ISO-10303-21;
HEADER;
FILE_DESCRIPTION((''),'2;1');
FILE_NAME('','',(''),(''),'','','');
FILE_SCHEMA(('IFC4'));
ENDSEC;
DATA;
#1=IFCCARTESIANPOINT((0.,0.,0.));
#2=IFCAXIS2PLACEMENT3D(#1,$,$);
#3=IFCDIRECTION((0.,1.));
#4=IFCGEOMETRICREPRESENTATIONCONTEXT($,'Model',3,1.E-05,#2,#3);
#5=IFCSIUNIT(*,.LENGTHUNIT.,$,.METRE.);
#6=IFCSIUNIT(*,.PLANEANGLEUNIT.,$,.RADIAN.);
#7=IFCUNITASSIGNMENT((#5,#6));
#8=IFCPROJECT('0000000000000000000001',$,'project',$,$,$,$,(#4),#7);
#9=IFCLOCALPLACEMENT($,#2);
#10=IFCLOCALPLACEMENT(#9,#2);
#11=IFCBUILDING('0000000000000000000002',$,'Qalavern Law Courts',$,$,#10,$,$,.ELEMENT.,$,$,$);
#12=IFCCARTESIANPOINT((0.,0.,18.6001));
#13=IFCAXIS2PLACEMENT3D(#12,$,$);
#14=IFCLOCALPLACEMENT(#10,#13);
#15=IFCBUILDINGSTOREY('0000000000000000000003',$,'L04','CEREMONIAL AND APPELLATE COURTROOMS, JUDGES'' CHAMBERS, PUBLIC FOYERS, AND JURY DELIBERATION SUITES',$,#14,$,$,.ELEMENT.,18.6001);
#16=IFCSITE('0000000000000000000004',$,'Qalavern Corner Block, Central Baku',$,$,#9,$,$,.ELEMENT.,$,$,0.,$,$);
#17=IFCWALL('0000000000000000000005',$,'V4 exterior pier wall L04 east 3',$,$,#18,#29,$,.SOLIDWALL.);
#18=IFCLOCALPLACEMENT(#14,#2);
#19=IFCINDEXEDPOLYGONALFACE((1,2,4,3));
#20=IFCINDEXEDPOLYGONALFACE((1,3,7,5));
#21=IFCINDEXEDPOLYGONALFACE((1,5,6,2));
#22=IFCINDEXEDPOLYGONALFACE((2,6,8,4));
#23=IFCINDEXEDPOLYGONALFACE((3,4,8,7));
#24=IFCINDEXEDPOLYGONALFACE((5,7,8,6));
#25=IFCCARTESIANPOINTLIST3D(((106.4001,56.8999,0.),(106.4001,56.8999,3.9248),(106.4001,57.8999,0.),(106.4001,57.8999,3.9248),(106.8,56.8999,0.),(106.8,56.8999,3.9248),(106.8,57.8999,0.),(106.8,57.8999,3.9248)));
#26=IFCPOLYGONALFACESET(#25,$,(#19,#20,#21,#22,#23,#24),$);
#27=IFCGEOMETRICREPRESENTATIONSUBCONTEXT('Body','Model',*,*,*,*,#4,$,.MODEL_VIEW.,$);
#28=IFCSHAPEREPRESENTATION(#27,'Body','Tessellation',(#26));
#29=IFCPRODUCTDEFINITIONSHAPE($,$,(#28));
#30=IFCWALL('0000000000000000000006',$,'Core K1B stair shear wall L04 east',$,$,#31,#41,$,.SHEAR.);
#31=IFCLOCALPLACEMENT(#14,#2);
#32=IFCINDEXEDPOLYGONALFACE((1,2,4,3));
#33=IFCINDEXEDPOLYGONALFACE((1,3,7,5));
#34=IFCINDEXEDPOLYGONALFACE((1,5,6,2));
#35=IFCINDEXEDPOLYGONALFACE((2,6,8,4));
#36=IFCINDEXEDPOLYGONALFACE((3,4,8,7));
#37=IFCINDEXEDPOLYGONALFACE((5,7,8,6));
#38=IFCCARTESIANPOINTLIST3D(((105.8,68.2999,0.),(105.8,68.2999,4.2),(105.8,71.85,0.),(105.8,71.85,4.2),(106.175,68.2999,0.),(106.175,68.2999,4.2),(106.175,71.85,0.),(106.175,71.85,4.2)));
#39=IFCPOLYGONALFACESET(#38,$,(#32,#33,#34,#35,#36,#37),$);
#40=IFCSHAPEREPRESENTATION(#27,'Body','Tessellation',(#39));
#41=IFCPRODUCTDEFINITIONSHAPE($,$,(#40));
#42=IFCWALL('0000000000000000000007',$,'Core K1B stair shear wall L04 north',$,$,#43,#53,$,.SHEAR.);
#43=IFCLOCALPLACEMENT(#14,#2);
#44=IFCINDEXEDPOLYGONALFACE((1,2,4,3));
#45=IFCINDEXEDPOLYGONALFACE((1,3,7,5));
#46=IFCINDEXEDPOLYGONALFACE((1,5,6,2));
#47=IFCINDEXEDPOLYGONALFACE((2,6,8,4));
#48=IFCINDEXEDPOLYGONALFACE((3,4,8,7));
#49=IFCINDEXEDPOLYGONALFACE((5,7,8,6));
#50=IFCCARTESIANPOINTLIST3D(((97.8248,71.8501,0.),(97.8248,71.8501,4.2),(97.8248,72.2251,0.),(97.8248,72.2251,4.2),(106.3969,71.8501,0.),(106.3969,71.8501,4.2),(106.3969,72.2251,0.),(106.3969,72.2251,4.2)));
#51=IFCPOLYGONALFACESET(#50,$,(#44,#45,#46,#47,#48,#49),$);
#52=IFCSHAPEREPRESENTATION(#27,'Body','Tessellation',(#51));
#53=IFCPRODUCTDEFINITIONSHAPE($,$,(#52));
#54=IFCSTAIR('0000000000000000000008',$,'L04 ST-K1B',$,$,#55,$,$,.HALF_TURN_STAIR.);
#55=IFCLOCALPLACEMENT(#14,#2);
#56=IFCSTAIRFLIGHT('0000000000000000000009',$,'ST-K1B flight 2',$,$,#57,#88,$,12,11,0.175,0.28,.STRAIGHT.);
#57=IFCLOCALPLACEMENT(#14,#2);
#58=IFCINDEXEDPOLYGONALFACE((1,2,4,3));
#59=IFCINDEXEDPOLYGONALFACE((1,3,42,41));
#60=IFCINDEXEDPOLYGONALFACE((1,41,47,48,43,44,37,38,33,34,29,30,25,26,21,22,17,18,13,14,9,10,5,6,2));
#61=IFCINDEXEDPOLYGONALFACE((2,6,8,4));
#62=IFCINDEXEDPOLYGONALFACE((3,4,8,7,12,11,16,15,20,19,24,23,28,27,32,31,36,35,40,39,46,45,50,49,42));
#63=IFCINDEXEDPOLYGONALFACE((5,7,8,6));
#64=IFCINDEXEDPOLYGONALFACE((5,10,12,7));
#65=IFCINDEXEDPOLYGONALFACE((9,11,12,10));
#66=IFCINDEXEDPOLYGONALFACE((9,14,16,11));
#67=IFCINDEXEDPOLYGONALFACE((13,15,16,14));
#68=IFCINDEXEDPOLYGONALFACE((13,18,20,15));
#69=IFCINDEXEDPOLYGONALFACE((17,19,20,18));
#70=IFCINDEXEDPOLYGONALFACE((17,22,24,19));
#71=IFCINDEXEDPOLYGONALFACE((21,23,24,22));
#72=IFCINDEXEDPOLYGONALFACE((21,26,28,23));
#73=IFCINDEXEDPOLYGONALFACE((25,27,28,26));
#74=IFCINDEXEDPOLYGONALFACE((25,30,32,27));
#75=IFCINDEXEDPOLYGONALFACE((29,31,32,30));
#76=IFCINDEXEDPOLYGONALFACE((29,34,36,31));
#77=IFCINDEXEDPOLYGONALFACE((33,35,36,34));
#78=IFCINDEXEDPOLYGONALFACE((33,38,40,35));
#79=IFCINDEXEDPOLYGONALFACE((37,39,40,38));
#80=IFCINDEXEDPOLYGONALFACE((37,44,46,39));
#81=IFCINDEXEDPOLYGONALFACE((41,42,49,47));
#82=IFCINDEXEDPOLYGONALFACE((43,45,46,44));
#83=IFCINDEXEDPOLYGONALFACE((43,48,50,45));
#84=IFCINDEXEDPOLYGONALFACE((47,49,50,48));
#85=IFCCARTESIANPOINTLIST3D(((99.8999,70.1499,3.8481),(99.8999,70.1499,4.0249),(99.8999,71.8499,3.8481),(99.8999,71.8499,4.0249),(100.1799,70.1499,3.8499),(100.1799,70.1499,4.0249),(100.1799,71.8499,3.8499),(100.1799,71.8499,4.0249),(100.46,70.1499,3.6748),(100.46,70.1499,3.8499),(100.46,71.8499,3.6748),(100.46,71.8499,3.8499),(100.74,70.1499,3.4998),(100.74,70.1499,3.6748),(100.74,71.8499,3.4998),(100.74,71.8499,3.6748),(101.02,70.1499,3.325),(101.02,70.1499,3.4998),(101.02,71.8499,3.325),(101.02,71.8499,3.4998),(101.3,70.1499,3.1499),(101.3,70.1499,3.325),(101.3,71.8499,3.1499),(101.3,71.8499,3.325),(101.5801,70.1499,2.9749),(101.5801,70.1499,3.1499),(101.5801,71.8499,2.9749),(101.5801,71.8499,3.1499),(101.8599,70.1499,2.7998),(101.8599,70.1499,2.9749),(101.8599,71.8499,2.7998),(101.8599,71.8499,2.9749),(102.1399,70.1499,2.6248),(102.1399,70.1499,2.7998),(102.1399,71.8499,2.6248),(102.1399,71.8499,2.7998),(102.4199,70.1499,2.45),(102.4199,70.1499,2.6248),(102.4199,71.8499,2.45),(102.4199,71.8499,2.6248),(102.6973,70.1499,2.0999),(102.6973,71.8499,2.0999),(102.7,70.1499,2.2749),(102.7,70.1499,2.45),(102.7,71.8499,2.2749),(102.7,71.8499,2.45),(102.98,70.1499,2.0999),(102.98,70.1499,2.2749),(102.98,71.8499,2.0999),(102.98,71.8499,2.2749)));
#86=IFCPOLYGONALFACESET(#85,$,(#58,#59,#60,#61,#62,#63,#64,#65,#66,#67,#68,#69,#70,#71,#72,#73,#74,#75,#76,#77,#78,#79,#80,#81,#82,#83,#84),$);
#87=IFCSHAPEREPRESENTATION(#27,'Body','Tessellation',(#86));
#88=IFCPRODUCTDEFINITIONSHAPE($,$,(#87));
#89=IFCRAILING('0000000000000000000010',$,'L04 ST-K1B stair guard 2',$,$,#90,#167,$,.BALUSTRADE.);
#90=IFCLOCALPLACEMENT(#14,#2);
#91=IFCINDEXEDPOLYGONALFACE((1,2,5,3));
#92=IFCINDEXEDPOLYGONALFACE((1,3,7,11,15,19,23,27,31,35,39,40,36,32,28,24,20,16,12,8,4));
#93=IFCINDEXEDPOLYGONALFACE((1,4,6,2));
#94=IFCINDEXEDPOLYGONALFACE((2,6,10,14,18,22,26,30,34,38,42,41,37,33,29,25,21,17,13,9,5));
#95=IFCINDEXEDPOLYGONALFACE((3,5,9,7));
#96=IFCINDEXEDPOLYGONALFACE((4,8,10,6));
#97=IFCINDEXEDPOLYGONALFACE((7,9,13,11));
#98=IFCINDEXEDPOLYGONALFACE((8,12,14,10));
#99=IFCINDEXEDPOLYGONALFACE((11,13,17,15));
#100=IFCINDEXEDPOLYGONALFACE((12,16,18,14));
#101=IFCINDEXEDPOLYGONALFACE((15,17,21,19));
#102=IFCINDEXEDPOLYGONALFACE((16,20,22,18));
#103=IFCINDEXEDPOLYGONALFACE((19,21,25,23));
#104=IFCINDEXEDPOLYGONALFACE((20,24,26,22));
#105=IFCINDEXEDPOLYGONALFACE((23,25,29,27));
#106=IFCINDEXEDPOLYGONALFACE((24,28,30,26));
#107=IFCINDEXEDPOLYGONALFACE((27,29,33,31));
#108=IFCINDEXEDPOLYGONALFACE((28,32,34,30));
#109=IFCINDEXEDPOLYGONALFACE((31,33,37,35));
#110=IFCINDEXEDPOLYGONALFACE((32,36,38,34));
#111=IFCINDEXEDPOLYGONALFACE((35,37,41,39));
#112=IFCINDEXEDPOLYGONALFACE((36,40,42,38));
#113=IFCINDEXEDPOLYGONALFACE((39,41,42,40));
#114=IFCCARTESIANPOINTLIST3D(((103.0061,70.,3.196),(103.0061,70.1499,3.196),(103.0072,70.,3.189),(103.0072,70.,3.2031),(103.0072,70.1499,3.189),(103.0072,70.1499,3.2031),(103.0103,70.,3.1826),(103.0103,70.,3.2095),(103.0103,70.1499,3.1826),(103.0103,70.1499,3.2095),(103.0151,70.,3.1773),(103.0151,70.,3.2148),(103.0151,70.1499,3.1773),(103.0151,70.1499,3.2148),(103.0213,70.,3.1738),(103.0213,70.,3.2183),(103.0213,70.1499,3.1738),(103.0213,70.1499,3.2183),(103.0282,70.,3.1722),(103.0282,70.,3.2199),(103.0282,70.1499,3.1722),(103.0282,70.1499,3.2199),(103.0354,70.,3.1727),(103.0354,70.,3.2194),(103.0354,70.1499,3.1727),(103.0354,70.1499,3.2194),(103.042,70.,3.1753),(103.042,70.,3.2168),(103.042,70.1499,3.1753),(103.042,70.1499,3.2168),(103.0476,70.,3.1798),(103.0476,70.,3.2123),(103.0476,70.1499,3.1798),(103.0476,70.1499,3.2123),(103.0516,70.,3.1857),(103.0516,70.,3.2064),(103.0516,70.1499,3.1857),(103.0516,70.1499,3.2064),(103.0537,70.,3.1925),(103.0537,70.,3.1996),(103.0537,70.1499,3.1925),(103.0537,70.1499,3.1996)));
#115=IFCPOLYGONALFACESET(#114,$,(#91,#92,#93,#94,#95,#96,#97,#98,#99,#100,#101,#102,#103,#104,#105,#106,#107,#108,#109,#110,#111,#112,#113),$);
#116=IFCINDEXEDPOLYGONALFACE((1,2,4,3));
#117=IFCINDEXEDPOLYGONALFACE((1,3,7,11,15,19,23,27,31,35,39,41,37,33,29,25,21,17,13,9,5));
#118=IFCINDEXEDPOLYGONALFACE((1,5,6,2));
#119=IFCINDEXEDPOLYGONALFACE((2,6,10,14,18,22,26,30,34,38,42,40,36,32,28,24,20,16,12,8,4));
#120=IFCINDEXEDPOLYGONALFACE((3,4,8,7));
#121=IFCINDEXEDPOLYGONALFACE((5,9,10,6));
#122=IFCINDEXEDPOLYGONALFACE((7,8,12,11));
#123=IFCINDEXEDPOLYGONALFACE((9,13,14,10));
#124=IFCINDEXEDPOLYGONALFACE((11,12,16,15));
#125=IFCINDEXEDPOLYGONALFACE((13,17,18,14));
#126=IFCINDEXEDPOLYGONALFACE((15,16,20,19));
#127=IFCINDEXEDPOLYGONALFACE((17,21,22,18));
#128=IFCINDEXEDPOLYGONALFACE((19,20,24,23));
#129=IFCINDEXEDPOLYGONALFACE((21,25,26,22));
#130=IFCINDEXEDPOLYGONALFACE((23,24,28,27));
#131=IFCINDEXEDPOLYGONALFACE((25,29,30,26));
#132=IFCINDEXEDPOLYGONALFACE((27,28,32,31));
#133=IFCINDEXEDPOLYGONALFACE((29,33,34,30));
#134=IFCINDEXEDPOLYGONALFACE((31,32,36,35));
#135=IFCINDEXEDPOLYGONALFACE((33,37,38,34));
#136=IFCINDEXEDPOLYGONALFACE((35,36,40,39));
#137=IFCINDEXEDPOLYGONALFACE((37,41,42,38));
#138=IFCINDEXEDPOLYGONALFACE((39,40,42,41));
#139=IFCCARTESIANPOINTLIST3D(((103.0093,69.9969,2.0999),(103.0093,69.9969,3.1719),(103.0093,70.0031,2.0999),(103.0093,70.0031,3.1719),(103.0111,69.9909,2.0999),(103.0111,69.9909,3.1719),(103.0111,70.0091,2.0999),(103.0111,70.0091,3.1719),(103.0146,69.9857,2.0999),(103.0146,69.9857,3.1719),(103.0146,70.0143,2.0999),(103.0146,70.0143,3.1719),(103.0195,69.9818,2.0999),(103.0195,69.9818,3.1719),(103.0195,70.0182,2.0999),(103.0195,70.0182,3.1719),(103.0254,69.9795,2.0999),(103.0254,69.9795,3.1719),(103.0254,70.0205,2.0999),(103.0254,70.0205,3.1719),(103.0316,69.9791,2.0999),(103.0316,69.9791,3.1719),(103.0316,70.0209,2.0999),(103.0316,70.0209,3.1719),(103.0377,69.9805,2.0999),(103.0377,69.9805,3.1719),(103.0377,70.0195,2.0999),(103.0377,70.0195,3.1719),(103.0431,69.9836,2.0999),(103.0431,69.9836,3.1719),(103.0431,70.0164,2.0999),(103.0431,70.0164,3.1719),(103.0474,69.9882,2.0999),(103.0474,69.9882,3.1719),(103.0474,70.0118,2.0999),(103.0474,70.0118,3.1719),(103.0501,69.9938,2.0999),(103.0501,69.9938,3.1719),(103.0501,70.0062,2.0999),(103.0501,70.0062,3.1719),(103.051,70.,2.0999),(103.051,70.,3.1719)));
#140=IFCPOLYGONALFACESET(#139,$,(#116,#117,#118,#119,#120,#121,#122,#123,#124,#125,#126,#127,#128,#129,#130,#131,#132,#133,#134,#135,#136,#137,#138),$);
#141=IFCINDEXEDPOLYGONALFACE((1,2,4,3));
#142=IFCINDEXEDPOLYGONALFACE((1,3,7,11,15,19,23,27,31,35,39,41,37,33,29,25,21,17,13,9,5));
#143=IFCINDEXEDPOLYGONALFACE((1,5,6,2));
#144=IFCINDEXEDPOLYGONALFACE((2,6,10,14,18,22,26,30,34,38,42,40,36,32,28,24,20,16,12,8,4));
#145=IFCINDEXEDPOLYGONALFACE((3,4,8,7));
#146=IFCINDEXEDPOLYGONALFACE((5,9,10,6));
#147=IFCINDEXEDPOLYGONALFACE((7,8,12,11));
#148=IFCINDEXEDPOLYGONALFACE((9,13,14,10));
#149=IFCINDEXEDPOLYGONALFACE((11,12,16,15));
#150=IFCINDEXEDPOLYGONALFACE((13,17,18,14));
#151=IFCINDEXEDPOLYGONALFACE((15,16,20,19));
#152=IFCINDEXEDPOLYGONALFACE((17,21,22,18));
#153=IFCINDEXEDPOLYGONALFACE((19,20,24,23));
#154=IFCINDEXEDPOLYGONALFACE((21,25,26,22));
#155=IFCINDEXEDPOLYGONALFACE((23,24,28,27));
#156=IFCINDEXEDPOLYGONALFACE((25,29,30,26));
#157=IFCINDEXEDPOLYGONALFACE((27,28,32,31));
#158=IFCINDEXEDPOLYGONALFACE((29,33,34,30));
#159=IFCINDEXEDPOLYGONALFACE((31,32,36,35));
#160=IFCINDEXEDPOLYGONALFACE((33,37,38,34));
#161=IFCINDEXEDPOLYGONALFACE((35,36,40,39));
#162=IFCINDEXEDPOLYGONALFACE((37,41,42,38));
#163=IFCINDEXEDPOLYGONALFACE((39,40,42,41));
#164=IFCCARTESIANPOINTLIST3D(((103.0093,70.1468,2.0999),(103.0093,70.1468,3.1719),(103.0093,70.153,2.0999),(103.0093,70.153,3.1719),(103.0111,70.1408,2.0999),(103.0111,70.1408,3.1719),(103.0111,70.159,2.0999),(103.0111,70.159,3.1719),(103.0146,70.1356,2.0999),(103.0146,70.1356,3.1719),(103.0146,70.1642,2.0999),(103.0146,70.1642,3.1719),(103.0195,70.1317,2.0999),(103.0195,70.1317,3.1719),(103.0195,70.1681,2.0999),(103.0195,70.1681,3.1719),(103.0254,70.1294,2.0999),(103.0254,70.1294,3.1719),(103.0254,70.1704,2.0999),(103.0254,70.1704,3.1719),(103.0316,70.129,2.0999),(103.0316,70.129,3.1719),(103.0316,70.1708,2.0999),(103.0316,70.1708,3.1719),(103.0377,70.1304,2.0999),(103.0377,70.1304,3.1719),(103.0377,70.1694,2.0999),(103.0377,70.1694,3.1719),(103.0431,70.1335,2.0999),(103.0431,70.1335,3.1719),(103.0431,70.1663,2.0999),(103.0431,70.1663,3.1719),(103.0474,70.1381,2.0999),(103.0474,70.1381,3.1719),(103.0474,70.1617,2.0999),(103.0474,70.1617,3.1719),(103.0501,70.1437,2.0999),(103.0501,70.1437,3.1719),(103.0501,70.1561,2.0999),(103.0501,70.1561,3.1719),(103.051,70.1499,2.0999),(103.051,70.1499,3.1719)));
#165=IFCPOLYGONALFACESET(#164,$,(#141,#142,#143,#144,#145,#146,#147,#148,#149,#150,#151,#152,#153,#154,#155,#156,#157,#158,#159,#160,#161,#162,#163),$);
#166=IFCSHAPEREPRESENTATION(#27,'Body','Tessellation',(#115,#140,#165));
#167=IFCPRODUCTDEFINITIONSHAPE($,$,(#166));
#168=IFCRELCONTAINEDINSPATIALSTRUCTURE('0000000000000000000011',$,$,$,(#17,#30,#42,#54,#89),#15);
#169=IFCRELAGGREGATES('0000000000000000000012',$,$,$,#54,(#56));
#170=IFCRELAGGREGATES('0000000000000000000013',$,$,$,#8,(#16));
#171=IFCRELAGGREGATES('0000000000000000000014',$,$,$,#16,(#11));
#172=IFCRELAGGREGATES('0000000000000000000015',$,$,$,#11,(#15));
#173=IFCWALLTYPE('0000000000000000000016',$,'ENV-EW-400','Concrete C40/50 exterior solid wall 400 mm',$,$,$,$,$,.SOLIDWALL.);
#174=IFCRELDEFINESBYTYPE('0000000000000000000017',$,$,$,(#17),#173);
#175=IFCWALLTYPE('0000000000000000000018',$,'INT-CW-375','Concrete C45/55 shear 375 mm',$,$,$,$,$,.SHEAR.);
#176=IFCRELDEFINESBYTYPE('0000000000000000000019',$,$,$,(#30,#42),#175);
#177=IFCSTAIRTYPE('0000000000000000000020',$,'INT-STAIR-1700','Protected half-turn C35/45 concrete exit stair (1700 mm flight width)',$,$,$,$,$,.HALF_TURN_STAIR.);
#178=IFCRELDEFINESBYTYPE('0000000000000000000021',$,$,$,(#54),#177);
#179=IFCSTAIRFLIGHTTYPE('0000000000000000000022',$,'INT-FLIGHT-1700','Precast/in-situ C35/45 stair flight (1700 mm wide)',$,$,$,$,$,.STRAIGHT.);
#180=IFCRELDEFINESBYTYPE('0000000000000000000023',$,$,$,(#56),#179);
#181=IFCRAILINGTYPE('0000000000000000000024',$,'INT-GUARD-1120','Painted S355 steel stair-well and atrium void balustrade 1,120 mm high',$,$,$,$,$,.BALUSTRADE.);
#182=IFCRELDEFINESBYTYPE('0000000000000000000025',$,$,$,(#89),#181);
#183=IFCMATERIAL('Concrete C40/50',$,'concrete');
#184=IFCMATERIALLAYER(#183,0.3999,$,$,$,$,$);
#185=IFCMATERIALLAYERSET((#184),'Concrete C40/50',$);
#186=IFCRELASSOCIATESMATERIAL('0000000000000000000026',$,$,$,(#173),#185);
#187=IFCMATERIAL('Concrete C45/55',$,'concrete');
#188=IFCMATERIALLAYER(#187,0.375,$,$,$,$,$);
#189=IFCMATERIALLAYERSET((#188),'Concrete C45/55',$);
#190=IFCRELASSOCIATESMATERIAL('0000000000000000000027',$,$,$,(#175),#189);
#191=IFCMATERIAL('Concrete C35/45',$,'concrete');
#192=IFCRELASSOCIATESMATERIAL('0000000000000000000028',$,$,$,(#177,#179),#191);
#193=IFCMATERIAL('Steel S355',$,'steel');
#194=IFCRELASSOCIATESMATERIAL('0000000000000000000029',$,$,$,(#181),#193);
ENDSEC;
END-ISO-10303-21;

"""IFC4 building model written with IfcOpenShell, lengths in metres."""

from ifc_helpers import new_model, si_unit, direction, frame, frame_2d, origin, origin_2d, place, context, subcontext, project, spatial, polyline, rectangle, circle, outline, extrude, material, layer, layer_set, type_object, element, aggregate, save


model = new_model("IFC4")

# Units and contexts
model_context = context("Model", 3, precision=1e-05, world=origin(), true_north=direction((0.0, 1.0)))
body_context = subcontext(model_context, "Body", "Model", "MODEL_VIEW")
ifc_project = project(units=[si_unit("LENGTHUNIT", "METRE"), si_unit("PLANEANGLEUNIT", "RADIAN")], contexts=[model_context])

# Site, building, storey
site_placement = place(None, origin())
site = spatial("IfcSite", under=ifc_project, at=site_placement, Name="Qalavern Corner Block, Central Baku", CompositionType="ELEMENT", RefElevation=0.0)
building_placement = place(site_placement, origin())
building = spatial("IfcBuilding", under=site, at=building_placement, Name="Qalavern Law Courts", CompositionType="ELEMENT")
storey_placement = place(building_placement, frame((0.0, 0.0, 18.6001)))
storey = spatial("IfcBuildingStorey", under=building, at=storey_placement, Name="L04", Description="CEREMONIAL AND APPELLATE COURTROOMS, JUDGES' CHAMBERS, PUBLIC FOYERS, AND JURY DELIBERATION SUITES", CompositionType="ELEMENT", Elevation=18.6001)

# Shared definitions
ifc_material_1 = material(Name="Concrete C45/55", Category="concrete")

# Shared definitions
ifc_material_2 = material(Name="Steel S355", Category="steel")

# Walls
ifc_material_3 = material(Name="Concrete C40/50", Category="concrete")
ifc_layer_1 = layer(ifc_material_3, 0.3999)
ifc_layer_set_1 = layer_set([ifc_layer_1], Name="Concrete C40/50")
wall_type_1 = type_object("IfcWallType", Name="ENV-EW-400", Description="Concrete C40/50 exterior solid wall 400 mm", PredefinedType="SOLIDWALL", material=ifc_layer_set_1)
wall_1_placement = place(storey_placement, frame((106.6001, 56.8999, 0.0), z_axis=(0.0, 0.0, 1.0), x_axis=(0.0, 1.0, 0.0)))
element("IfcWall", 1, at=wall_1_placement, inside=storey, type_object=wall_type_1, Name="V4 exterior pier wall L04 east 3", PredefinedType="SOLIDWALL", context=body_context, shape_type="SweptSolid", body=[
    extrude(rectangle(XDim=1.0, YDim=0.3999, at=frame_2d((0.5, 0.0))), origin(), (0.0, 0.0, 1.0), 3.9248),
])
ifc_layer_2 = layer(ifc_material_1, 0.375)
ifc_layer_set_2 = layer_set([ifc_layer_2], Name="Concrete C45/55")
wall_type_2 = type_object("IfcWallType", Name="INT-CW-375", Description="Concrete C45/55 shear 375 mm", PredefinedType="SHEAR", material=ifc_layer_set_2)
wall_2_placement = place(storey_placement, frame((105.9875, 68.3, 0.0), z_axis=(0.0, 0.0, 1.0), x_axis=(0.0, 1.0, 0.0)))
element("IfcWall", 2, at=wall_2_placement, inside=storey, type_object=wall_type_2, Name="Core K1B stair shear wall L04 east", PredefinedType="SHEAR", context=body_context, shape_type="SweptSolid", body=[
    extrude(rectangle(XDim=3.55, YDim=0.375, at=frame_2d((1.7749, 0.0))), origin(), (0.0, 0.0, 1.0), 4.2),
])
wall_3_placement = place(storey_placement, frame((106.397, 72.0376, 0.0), z_axis=(0.0, 0.0, 1.0), x_axis=(-1.0, 0.0, 0.0)))
element("IfcWall", 3, at=wall_3_placement, inside=storey, type_object=wall_type_2, Name="Core K1B stair shear wall L04 north", PredefinedType="SHEAR", context=body_context, shape_type="SweptSolid", body=[
    extrude(rectangle(XDim=8.572, YDim=0.375, at=frame_2d((4.2861, 0.0))), origin(), (0.0, 0.0, 1.0), 4.2),
])

# Stair, stair flight
ifc_material_4 = material(Name="Concrete C35/45", Category="concrete")
stair_type = type_object("IfcStairType", Name="INT-STAIR-1700", Description="Protected half-turn C35/45 concrete exit stair (1700 mm flight width)", PredefinedType="HALF_TURN_STAIR", material=ifc_material_4)
stair_placement = place(storey_placement, origin())
stair = element("IfcStair", 4, at=stair_placement, inside=storey, type_object=stair_type, Name="L04 ST-K1B", PredefinedType="HALF_TURN_STAIR")
stair_flight_type = type_object("IfcStairFlightType", Name="INT-FLIGHT-1700", Description="Precast/in-situ C35/45 stair flight (1700 mm wide)", PredefinedType="STRAIGHT", material=ifc_material_4)
stair_flight_placement = place(storey_placement, frame((102.98, 71.0, 2.0999), z_axis=(0.0, 0.0, 1.0), x_axis=(-1.0, 0.0, 0.0)))
stair_flight = element("IfcStairFlight", 5, at=stair_flight_placement, type_object=stair_flight_type, Name="ST-K1B flight 2", NumberOfRisers=12, NumberOfTreads=11, PredefinedType="STRAIGHT", RiserHeight=0.175, TreadLength=0.28, context=body_context, shape_type="SweptSolid", body=[
    extrude(outline(polyline([(0.0, 0.0), (0.0, 0.175), (0.28, 0.175), (0.28, 0.3501), (0.5601, 0.3501), (0.5601, 0.5249), (0.8401, 0.5249), (0.8401, 0.7), (1.1201, 0.7), (1.1201, 0.875), (1.3999, 0.875), (1.3999, 1.05), (1.6799, 1.05), (1.6799, 1.2251), (1.96, 1.2251), (1.96, 1.3999), (2.24, 1.3999), (2.24, 1.575), (2.52, 1.575), (2.52, 1.75), (2.8, 1.75), (2.8, 1.925), (3.0801, 1.925), (3.0801, 2.1001), (3.0801, 1.7483), (0.2827, 0.0), (0.0, 0.0)])), frame((0.0, 0.8501, 0.0), z_axis=(0.0, -1.0, 0.0), x_axis=(1.0, 0.0, 0.0)), (0.0, 0.0, 1.0), 1.7),
])
aggregate(stair, [stair_flight])

# Railing
railing_type_1 = type_object("IfcRailingType", Name="INT-GUARD-1120", Description="Painted S355 steel stair-well and atrium void balustrade 1,120 mm high", PredefinedType="BALUSTRADE", material=ifc_material_2)
railing_1_placement = place(storey_placement, frame((103.03, 70.0, 2.0999)))
element("IfcRailing", 6, at=railing_1_placement, inside=storey, type_object=railing_type_1, Name="L04 ST-K1B stair guard 2", PredefinedType="BALUSTRADE", context=body_context, shape_type="SweptSolid", body=[
    extrude(circle(Radius=0.0239, at=origin_2d()), frame((0.0, 0.0, 1.0962), z_axis=(0.0, 1.0, 0.0), x_axis=(-1.0, 0.0, 0.0)), (0.0, 0.0, 1.0), 0.1499),
    extrude(circle(Radius=0.021, at=origin_2d()), origin(), (0.0, 0.0, 1.0), 1.072),
    extrude(circle(Radius=0.021, at=origin_2d()), frame((0.0, 0.1499, 0.0)), (0.0, 0.0, 1.0), 1.072),
])

save(model, "model.ifc")
